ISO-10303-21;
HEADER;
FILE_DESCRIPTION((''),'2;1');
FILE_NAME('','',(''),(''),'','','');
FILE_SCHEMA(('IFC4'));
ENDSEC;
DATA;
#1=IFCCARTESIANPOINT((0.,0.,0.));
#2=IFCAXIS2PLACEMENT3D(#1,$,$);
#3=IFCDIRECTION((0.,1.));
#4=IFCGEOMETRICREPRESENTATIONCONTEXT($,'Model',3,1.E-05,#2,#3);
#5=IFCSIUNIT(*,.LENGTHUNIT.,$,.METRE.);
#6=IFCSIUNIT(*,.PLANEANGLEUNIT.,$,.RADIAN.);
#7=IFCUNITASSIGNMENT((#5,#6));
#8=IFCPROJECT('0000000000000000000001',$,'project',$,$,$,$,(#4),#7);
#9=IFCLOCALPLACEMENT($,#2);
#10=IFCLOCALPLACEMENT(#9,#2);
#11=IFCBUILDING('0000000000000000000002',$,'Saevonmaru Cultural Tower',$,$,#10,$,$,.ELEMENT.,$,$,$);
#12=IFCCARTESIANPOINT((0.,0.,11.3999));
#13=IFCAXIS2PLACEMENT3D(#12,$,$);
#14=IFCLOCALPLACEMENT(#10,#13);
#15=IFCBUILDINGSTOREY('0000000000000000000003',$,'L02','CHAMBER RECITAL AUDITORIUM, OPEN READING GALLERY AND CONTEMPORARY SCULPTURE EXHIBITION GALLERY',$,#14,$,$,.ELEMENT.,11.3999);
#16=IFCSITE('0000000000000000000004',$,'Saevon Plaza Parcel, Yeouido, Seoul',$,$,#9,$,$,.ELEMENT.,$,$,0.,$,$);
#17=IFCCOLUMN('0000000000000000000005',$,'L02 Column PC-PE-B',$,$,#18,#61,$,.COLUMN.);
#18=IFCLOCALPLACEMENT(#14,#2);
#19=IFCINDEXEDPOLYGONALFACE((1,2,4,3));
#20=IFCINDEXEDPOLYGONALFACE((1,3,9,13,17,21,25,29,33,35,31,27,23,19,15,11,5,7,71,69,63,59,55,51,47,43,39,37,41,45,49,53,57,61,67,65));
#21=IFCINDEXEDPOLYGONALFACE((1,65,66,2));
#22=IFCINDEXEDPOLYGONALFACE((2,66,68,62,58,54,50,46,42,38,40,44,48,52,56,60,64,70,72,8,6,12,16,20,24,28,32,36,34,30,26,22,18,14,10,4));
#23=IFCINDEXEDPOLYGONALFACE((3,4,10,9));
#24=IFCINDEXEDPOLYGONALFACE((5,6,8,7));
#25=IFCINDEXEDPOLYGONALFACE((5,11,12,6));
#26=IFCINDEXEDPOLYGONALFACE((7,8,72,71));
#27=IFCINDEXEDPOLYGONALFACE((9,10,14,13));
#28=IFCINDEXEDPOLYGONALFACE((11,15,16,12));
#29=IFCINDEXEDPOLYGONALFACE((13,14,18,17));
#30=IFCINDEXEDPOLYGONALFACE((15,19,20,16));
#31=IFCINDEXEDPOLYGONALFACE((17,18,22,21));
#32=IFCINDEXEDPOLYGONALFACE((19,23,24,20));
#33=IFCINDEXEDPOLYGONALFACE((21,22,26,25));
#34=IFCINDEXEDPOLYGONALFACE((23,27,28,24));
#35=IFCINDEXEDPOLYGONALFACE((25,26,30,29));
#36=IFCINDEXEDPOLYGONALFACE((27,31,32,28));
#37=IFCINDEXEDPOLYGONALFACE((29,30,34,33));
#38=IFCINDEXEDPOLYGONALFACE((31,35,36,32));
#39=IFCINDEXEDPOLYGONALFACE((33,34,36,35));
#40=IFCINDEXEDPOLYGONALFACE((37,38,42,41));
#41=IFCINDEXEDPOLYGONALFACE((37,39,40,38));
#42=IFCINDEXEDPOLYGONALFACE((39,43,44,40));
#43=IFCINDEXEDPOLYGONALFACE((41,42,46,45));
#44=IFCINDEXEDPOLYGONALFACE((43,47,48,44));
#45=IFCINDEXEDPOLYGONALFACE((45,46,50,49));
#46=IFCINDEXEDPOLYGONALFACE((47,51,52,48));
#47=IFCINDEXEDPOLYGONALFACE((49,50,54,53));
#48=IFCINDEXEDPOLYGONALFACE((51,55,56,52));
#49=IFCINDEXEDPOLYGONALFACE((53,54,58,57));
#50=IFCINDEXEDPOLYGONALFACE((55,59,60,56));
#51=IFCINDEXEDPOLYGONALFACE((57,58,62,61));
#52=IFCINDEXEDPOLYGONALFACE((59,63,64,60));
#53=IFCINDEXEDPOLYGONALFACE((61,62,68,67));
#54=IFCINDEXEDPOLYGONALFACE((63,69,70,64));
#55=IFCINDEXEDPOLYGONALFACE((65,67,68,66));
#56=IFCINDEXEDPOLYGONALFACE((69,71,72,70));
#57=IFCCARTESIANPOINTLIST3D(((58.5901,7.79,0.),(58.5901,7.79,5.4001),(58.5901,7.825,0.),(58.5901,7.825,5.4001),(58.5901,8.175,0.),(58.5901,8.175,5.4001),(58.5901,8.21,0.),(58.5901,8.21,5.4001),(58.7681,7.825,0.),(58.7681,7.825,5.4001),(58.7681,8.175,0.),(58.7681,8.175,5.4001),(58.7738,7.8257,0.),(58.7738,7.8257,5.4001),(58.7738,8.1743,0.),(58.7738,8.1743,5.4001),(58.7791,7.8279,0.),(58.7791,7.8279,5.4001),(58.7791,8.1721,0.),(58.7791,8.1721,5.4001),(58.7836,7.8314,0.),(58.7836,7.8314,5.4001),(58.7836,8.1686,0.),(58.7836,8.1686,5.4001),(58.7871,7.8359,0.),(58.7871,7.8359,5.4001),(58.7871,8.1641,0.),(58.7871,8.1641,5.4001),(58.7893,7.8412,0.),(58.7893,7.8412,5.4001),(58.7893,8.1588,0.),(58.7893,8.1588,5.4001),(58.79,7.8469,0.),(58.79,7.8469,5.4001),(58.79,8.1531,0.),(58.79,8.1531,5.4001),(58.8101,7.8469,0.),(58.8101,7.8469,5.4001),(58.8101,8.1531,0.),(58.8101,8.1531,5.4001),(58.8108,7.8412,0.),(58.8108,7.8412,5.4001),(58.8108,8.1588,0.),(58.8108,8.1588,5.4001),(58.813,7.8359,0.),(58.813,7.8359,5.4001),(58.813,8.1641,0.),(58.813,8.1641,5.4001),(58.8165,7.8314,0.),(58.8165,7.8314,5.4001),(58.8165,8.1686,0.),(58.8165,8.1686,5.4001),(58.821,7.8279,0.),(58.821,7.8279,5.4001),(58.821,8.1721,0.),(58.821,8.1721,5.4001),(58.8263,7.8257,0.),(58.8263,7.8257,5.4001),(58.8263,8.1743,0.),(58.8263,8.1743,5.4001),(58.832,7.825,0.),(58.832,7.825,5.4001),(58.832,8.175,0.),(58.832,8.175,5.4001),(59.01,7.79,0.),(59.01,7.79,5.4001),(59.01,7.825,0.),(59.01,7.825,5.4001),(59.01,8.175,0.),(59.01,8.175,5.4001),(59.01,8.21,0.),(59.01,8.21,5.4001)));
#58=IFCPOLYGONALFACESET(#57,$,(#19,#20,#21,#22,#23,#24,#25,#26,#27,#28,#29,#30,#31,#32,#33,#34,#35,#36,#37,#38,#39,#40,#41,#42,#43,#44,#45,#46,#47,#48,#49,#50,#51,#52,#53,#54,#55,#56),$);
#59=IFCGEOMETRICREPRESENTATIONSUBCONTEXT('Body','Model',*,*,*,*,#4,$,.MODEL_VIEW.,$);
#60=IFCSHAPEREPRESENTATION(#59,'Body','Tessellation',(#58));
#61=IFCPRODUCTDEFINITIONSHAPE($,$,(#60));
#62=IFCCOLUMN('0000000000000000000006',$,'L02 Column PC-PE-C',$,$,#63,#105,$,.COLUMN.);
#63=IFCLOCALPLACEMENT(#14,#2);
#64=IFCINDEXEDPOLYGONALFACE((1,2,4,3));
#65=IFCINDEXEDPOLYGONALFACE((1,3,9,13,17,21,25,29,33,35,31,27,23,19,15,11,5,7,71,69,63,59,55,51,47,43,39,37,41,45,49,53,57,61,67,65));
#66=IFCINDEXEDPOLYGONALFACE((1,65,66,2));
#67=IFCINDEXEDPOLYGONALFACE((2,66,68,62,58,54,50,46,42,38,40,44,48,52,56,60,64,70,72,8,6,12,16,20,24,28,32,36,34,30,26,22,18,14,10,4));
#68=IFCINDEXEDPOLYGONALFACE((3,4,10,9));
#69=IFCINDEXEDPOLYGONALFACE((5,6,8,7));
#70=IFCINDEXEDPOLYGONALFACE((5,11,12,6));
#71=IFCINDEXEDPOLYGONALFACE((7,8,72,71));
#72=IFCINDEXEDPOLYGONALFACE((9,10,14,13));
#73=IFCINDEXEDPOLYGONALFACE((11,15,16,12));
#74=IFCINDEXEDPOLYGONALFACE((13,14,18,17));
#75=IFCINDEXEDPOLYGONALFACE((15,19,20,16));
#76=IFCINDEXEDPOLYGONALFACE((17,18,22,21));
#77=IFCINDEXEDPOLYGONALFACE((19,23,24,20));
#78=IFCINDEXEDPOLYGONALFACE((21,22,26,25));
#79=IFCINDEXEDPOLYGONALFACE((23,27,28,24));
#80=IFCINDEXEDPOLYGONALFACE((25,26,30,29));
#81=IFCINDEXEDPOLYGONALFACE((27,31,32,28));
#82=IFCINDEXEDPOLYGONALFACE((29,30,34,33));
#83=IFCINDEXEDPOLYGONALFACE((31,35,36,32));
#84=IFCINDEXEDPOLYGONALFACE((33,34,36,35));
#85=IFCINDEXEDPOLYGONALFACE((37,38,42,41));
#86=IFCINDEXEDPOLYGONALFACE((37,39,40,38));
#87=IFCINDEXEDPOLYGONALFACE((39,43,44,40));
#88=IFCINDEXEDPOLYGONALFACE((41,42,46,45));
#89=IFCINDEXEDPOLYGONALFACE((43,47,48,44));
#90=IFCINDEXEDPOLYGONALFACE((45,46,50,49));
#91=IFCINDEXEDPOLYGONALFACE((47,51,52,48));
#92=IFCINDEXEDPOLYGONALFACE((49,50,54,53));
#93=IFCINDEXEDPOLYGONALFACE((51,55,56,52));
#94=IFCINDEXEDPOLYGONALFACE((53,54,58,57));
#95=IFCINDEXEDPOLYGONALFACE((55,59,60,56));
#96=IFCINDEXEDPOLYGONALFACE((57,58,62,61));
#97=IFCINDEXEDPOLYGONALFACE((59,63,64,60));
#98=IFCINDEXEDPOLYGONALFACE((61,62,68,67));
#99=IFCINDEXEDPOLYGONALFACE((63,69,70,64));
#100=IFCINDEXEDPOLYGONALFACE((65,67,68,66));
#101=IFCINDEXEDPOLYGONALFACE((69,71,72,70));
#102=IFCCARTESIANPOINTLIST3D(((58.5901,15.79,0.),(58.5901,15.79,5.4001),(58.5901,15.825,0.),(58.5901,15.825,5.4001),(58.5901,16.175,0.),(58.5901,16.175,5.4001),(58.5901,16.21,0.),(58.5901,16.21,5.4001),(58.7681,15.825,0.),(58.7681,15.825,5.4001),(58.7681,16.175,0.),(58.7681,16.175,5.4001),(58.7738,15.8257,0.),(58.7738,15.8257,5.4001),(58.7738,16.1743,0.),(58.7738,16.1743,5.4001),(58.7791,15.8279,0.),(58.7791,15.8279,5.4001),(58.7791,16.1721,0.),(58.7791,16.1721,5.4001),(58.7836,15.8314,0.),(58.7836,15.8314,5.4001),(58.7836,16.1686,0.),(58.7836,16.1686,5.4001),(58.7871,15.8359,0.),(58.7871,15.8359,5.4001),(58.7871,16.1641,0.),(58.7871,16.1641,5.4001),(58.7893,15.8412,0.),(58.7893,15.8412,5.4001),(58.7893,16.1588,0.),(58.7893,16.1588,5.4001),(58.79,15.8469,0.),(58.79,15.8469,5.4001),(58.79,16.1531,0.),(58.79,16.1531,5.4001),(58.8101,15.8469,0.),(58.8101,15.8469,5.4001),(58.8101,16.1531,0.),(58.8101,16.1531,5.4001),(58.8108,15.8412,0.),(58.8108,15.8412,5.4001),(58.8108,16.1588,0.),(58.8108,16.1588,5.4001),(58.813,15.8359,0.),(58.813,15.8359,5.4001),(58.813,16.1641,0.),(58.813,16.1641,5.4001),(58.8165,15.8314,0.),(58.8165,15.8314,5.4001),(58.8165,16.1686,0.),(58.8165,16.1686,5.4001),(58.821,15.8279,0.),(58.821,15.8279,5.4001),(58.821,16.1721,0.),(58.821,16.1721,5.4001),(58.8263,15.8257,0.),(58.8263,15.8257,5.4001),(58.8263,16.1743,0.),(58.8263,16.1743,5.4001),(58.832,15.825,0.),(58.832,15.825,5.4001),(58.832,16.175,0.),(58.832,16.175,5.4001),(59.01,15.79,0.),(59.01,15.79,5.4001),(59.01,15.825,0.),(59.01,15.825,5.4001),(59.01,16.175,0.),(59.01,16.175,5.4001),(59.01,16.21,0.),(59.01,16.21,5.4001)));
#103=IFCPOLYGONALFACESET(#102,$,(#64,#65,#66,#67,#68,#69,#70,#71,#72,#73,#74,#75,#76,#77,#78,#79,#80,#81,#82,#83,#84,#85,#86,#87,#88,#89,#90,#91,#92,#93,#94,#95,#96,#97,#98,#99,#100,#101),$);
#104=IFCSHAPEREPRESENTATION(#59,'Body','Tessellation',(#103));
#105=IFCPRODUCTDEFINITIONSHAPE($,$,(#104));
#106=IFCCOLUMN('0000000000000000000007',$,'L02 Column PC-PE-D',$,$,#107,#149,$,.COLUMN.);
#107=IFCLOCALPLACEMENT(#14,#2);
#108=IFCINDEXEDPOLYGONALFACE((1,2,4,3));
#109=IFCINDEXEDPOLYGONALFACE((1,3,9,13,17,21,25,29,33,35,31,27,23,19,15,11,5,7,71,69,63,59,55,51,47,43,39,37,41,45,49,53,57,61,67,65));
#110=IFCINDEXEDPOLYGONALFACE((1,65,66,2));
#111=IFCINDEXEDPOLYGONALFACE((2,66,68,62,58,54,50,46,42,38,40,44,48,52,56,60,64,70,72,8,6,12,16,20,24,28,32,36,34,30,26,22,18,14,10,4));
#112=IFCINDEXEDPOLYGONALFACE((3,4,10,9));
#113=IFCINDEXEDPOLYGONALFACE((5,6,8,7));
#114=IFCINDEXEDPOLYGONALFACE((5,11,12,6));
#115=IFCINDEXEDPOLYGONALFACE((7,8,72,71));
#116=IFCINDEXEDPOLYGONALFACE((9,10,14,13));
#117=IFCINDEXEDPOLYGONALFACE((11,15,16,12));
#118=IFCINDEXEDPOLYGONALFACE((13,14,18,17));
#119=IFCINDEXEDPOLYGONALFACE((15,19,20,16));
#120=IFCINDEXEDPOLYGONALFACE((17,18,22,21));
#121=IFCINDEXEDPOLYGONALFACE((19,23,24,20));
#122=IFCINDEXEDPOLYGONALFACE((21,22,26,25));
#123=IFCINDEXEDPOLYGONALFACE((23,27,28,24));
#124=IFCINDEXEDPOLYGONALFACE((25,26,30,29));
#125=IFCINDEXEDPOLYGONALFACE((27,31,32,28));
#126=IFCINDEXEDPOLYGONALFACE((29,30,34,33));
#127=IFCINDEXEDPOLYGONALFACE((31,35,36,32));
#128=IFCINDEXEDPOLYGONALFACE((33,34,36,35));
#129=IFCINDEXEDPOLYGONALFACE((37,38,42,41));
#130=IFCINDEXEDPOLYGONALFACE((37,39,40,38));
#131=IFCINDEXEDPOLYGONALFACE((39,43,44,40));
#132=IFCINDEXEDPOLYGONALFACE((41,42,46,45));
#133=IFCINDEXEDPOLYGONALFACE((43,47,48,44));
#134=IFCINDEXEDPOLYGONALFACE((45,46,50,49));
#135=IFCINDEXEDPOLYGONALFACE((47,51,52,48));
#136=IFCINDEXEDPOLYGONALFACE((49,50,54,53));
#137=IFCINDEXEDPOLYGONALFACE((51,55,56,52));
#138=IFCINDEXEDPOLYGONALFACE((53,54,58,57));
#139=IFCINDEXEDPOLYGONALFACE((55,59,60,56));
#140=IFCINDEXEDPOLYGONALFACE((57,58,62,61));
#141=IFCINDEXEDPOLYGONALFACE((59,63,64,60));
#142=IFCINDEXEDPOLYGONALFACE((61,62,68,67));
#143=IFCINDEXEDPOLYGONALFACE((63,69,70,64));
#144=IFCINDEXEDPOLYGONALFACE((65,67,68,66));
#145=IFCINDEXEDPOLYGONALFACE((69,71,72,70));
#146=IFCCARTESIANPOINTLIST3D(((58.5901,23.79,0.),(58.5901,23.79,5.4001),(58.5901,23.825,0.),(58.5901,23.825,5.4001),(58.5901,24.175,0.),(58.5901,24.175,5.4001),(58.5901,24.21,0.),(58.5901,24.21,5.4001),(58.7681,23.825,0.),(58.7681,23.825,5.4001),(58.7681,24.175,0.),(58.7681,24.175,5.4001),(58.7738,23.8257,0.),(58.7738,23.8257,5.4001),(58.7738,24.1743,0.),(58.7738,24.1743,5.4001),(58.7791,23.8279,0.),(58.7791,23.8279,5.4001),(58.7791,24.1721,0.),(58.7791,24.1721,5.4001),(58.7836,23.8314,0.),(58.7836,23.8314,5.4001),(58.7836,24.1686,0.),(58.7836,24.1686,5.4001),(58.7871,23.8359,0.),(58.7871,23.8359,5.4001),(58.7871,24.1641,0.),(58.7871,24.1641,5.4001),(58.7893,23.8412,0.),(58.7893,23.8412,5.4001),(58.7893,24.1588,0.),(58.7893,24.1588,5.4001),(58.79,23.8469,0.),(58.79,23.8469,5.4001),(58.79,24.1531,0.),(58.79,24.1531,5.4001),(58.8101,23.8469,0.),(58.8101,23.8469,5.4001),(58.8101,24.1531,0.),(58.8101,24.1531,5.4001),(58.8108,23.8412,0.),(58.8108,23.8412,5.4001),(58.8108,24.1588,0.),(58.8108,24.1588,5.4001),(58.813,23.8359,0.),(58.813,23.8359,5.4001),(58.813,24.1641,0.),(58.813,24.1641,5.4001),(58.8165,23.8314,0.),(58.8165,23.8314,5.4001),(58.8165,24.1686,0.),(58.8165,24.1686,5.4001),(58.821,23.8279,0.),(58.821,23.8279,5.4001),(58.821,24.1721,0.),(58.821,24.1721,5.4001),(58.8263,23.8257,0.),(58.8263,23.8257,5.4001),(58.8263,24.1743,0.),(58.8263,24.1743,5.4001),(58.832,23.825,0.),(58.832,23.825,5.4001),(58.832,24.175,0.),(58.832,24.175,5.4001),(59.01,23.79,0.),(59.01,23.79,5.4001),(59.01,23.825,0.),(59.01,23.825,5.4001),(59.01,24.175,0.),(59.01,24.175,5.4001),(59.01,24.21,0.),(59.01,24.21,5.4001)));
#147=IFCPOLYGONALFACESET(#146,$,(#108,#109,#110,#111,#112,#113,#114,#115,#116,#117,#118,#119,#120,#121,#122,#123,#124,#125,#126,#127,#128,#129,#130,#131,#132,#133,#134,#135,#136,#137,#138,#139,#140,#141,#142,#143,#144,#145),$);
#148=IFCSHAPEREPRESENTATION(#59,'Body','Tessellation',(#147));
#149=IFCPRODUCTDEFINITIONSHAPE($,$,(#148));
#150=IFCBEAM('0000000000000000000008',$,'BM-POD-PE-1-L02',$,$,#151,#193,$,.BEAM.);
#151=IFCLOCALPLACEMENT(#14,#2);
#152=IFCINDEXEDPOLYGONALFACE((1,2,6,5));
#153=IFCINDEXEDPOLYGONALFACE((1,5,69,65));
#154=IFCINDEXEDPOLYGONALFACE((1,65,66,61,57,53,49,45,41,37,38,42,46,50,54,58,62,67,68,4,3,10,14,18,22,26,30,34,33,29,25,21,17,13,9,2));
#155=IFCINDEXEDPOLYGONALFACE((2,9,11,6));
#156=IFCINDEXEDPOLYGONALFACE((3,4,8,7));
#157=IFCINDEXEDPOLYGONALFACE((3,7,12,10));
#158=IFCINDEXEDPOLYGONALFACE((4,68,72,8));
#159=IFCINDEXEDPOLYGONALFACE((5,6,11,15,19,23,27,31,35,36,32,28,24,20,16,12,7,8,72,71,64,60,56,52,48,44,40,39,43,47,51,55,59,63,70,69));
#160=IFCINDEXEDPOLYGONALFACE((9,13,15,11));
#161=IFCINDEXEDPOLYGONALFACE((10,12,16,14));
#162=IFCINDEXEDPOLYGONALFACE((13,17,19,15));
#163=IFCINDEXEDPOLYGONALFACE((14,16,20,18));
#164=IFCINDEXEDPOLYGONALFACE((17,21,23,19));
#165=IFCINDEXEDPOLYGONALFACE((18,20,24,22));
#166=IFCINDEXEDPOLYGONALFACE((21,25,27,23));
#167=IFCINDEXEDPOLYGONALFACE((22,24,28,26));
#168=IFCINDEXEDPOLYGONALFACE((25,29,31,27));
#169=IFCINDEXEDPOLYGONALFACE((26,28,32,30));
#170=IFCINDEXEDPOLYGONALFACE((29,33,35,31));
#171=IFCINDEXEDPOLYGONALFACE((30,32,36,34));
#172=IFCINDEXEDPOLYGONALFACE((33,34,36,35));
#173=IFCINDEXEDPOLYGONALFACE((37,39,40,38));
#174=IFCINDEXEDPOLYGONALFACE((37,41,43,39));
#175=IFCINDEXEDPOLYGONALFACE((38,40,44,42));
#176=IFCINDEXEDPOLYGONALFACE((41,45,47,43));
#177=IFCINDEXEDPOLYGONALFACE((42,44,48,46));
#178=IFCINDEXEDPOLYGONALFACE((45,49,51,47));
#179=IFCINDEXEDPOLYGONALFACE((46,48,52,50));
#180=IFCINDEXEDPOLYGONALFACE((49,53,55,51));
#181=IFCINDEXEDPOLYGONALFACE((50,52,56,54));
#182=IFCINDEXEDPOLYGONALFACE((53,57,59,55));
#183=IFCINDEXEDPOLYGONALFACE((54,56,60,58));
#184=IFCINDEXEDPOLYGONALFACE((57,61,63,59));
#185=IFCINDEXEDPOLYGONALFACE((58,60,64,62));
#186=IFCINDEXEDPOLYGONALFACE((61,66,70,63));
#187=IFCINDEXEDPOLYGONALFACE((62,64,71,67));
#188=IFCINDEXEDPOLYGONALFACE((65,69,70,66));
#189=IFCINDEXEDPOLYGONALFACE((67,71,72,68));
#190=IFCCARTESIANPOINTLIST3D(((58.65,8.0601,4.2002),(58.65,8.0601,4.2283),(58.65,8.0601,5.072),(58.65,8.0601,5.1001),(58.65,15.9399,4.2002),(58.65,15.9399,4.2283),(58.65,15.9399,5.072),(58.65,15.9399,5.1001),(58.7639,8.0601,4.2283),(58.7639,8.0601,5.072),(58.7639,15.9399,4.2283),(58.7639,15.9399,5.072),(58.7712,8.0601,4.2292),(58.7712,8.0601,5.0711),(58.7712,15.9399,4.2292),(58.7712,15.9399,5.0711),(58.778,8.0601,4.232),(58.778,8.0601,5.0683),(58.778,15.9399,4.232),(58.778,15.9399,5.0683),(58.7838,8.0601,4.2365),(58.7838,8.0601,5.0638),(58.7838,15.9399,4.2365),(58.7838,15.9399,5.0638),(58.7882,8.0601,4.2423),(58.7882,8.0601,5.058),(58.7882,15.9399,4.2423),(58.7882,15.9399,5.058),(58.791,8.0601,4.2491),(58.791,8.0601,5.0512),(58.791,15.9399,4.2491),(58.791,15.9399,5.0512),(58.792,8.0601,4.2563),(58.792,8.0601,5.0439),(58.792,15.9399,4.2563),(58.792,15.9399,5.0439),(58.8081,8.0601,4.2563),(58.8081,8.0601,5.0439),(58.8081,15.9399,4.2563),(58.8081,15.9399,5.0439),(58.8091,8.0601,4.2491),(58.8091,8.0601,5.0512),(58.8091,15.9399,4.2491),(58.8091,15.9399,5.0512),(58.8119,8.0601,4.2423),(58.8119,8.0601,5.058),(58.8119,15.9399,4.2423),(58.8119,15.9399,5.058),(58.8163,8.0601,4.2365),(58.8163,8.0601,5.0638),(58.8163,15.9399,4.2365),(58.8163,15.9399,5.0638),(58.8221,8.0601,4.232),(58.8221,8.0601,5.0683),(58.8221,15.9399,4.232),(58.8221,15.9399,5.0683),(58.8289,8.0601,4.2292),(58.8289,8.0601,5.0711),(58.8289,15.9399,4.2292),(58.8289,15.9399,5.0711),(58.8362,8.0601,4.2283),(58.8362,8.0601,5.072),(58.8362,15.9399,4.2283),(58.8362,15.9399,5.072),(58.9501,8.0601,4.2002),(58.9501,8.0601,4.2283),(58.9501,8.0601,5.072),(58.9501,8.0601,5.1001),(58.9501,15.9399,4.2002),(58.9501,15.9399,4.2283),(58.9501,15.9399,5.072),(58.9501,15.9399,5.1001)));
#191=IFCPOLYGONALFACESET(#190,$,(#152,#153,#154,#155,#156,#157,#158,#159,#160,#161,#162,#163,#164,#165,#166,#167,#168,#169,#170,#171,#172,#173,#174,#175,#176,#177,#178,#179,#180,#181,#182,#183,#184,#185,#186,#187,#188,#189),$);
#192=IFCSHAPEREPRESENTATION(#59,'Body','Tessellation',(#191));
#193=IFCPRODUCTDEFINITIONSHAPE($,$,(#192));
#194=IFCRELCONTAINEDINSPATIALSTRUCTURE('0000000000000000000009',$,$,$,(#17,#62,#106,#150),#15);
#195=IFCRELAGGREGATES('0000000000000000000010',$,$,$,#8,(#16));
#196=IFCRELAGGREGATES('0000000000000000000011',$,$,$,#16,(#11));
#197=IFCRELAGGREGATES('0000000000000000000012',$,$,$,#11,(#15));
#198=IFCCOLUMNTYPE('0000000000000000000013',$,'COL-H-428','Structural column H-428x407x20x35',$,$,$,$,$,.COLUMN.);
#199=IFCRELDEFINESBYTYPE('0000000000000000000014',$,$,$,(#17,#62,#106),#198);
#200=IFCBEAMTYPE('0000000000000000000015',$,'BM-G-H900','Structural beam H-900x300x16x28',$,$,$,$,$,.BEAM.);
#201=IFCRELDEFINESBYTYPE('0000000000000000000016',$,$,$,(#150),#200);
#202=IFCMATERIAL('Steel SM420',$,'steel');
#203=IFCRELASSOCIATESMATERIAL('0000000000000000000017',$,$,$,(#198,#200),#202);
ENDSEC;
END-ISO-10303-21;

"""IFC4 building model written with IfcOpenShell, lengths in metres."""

from ifc_helpers import new_model, si_unit, direction, frame, origin, origin_2d, place, context, subcontext, project, spatial, i_section, extrude, material, material_profile, profile_set, type_object, element, save


model = new_model("IFC4")

# Units and contexts
model_context = context("Model", 3, precision=1e-05, world=origin(), true_north=direction((0.0, 1.0)))
body_context = subcontext(model_context, "Body", "Model", "MODEL_VIEW")
ifc_project = project(units=[si_unit("LENGTHUNIT", "METRE"), si_unit("PLANEANGLEUNIT", "RADIAN")], contexts=[model_context])

# Site, building, storey
site_placement = place(None, origin())
site = spatial("IfcSite", under=ifc_project, at=site_placement, Name="Saevon Plaza Parcel, Yeouido, Seoul", CompositionType="ELEMENT", RefElevation=0.0)
building_placement = place(site_placement, origin())
building = spatial("IfcBuilding", under=site, at=building_placement, Name="Saevonmaru Cultural Tower", CompositionType="ELEMENT")
storey_placement = place(building_placement, frame((0.0, 0.0, 11.3999)))
storey = spatial("IfcBuildingStorey", under=building, at=storey_placement, Name="L02", Description="CHAMBER RECITAL AUDITORIUM, OPEN READING GALLERY AND CONTEMPORARY SCULPTURE EXHIBITION GALLERY", CompositionType="ELEMENT", Elevation=11.3999)

# Columns
ifc_material_1 = material(Name="Steel SM420", Category="steel")
ifc_material_profile_1 = material_profile(ifc_material_1, i_section(OverallWidth=0.4199, OverallDepth=0.4199, WebThickness=0.02, FlangeThickness=0.0349, FilletRadius=0.022, at=origin_2d()), Name="H-428x407x20x35")
ifc_profile_set_1 = profile_set([ifc_material_profile_1], Name="Steel SM420")
column_type = type_object("IfcColumnType", Name="COL-H-428", Description="Structural column H-428x407x20x35", PredefinedType="COLUMN", material=ifc_profile_set_1)
for number, where, z_axis, x_axis, name in (
    (1, (58.8, 8.0, 0.0), (0.0, 0.0, 1.0), (1.0, 0.0, 0.0), "L02 Column PC-PE-B"),
    (2, (58.8, 16.0, 0.0), (0.0, 0.0, 1.0), (1.0, 0.0, 0.0), "L02 Column PC-PE-C"),
    (3, (58.8, 24.0, 0.0), (0.0, 0.0, 1.0), (1.0, 0.0, 0.0), "L02 Column PC-PE-D"),
):
    element("IfcColumn", number, at=place(storey_placement, frame(where, z_axis=z_axis, x_axis=x_axis)), inside=storey, type_object=column_type, Name=name, PredefinedType="COLUMN", context=body_context, shape_type="SweptSolid", body=[
        extrude(i_section(OverallWidth=0.4199, OverallDepth=0.4199, WebThickness=0.02, FlangeThickness=0.0349, FilletRadius=0.022, at=origin_2d()), origin(), (0.0, 0.0, 1.0), 5.4001),
    ])

# Beam
ifc_material_profile_2 = material_profile(ifc_material_1, i_section(OverallWidth=0.3, OverallDepth=0.8999, WebThickness=0.0161, FlangeThickness=0.0281, FilletRadius=0.0281, at=origin_2d()), Name="H-900x300x16x28")
ifc_profile_set_2 = profile_set([ifc_material_profile_2], Name="Steel SM420")
beam_type = type_object("IfcBeamType", Name="BM-G-H900", Description="Structural beam H-900x300x16x28", PredefinedType="BEAM", material=ifc_profile_set_2)
for number, where, z_axis, x_axis, name in (
    (4, (58.8, 8.0601, 4.6501), (0.0, 1.0, 0.0), (-1.0, 0.0, 0.0), "BM-POD-PE-1-L02"),
):
    element("IfcBeam", number, at=place(storey_placement, frame(where, z_axis=z_axis, x_axis=x_axis)), inside=storey, type_object=beam_type, Name=name, PredefinedType="BEAM", context=body_context, shape_type="SweptSolid", body=[
        extrude(i_section(OverallWidth=0.3, OverallDepth=0.8999, WebThickness=0.0161, FlangeThickness=0.0281, FilletRadius=0.0281, at=origin_2d()), origin(), (0.0, 0.0, 1.0), 7.8799),
    ])

save(model, "model.ifc")
